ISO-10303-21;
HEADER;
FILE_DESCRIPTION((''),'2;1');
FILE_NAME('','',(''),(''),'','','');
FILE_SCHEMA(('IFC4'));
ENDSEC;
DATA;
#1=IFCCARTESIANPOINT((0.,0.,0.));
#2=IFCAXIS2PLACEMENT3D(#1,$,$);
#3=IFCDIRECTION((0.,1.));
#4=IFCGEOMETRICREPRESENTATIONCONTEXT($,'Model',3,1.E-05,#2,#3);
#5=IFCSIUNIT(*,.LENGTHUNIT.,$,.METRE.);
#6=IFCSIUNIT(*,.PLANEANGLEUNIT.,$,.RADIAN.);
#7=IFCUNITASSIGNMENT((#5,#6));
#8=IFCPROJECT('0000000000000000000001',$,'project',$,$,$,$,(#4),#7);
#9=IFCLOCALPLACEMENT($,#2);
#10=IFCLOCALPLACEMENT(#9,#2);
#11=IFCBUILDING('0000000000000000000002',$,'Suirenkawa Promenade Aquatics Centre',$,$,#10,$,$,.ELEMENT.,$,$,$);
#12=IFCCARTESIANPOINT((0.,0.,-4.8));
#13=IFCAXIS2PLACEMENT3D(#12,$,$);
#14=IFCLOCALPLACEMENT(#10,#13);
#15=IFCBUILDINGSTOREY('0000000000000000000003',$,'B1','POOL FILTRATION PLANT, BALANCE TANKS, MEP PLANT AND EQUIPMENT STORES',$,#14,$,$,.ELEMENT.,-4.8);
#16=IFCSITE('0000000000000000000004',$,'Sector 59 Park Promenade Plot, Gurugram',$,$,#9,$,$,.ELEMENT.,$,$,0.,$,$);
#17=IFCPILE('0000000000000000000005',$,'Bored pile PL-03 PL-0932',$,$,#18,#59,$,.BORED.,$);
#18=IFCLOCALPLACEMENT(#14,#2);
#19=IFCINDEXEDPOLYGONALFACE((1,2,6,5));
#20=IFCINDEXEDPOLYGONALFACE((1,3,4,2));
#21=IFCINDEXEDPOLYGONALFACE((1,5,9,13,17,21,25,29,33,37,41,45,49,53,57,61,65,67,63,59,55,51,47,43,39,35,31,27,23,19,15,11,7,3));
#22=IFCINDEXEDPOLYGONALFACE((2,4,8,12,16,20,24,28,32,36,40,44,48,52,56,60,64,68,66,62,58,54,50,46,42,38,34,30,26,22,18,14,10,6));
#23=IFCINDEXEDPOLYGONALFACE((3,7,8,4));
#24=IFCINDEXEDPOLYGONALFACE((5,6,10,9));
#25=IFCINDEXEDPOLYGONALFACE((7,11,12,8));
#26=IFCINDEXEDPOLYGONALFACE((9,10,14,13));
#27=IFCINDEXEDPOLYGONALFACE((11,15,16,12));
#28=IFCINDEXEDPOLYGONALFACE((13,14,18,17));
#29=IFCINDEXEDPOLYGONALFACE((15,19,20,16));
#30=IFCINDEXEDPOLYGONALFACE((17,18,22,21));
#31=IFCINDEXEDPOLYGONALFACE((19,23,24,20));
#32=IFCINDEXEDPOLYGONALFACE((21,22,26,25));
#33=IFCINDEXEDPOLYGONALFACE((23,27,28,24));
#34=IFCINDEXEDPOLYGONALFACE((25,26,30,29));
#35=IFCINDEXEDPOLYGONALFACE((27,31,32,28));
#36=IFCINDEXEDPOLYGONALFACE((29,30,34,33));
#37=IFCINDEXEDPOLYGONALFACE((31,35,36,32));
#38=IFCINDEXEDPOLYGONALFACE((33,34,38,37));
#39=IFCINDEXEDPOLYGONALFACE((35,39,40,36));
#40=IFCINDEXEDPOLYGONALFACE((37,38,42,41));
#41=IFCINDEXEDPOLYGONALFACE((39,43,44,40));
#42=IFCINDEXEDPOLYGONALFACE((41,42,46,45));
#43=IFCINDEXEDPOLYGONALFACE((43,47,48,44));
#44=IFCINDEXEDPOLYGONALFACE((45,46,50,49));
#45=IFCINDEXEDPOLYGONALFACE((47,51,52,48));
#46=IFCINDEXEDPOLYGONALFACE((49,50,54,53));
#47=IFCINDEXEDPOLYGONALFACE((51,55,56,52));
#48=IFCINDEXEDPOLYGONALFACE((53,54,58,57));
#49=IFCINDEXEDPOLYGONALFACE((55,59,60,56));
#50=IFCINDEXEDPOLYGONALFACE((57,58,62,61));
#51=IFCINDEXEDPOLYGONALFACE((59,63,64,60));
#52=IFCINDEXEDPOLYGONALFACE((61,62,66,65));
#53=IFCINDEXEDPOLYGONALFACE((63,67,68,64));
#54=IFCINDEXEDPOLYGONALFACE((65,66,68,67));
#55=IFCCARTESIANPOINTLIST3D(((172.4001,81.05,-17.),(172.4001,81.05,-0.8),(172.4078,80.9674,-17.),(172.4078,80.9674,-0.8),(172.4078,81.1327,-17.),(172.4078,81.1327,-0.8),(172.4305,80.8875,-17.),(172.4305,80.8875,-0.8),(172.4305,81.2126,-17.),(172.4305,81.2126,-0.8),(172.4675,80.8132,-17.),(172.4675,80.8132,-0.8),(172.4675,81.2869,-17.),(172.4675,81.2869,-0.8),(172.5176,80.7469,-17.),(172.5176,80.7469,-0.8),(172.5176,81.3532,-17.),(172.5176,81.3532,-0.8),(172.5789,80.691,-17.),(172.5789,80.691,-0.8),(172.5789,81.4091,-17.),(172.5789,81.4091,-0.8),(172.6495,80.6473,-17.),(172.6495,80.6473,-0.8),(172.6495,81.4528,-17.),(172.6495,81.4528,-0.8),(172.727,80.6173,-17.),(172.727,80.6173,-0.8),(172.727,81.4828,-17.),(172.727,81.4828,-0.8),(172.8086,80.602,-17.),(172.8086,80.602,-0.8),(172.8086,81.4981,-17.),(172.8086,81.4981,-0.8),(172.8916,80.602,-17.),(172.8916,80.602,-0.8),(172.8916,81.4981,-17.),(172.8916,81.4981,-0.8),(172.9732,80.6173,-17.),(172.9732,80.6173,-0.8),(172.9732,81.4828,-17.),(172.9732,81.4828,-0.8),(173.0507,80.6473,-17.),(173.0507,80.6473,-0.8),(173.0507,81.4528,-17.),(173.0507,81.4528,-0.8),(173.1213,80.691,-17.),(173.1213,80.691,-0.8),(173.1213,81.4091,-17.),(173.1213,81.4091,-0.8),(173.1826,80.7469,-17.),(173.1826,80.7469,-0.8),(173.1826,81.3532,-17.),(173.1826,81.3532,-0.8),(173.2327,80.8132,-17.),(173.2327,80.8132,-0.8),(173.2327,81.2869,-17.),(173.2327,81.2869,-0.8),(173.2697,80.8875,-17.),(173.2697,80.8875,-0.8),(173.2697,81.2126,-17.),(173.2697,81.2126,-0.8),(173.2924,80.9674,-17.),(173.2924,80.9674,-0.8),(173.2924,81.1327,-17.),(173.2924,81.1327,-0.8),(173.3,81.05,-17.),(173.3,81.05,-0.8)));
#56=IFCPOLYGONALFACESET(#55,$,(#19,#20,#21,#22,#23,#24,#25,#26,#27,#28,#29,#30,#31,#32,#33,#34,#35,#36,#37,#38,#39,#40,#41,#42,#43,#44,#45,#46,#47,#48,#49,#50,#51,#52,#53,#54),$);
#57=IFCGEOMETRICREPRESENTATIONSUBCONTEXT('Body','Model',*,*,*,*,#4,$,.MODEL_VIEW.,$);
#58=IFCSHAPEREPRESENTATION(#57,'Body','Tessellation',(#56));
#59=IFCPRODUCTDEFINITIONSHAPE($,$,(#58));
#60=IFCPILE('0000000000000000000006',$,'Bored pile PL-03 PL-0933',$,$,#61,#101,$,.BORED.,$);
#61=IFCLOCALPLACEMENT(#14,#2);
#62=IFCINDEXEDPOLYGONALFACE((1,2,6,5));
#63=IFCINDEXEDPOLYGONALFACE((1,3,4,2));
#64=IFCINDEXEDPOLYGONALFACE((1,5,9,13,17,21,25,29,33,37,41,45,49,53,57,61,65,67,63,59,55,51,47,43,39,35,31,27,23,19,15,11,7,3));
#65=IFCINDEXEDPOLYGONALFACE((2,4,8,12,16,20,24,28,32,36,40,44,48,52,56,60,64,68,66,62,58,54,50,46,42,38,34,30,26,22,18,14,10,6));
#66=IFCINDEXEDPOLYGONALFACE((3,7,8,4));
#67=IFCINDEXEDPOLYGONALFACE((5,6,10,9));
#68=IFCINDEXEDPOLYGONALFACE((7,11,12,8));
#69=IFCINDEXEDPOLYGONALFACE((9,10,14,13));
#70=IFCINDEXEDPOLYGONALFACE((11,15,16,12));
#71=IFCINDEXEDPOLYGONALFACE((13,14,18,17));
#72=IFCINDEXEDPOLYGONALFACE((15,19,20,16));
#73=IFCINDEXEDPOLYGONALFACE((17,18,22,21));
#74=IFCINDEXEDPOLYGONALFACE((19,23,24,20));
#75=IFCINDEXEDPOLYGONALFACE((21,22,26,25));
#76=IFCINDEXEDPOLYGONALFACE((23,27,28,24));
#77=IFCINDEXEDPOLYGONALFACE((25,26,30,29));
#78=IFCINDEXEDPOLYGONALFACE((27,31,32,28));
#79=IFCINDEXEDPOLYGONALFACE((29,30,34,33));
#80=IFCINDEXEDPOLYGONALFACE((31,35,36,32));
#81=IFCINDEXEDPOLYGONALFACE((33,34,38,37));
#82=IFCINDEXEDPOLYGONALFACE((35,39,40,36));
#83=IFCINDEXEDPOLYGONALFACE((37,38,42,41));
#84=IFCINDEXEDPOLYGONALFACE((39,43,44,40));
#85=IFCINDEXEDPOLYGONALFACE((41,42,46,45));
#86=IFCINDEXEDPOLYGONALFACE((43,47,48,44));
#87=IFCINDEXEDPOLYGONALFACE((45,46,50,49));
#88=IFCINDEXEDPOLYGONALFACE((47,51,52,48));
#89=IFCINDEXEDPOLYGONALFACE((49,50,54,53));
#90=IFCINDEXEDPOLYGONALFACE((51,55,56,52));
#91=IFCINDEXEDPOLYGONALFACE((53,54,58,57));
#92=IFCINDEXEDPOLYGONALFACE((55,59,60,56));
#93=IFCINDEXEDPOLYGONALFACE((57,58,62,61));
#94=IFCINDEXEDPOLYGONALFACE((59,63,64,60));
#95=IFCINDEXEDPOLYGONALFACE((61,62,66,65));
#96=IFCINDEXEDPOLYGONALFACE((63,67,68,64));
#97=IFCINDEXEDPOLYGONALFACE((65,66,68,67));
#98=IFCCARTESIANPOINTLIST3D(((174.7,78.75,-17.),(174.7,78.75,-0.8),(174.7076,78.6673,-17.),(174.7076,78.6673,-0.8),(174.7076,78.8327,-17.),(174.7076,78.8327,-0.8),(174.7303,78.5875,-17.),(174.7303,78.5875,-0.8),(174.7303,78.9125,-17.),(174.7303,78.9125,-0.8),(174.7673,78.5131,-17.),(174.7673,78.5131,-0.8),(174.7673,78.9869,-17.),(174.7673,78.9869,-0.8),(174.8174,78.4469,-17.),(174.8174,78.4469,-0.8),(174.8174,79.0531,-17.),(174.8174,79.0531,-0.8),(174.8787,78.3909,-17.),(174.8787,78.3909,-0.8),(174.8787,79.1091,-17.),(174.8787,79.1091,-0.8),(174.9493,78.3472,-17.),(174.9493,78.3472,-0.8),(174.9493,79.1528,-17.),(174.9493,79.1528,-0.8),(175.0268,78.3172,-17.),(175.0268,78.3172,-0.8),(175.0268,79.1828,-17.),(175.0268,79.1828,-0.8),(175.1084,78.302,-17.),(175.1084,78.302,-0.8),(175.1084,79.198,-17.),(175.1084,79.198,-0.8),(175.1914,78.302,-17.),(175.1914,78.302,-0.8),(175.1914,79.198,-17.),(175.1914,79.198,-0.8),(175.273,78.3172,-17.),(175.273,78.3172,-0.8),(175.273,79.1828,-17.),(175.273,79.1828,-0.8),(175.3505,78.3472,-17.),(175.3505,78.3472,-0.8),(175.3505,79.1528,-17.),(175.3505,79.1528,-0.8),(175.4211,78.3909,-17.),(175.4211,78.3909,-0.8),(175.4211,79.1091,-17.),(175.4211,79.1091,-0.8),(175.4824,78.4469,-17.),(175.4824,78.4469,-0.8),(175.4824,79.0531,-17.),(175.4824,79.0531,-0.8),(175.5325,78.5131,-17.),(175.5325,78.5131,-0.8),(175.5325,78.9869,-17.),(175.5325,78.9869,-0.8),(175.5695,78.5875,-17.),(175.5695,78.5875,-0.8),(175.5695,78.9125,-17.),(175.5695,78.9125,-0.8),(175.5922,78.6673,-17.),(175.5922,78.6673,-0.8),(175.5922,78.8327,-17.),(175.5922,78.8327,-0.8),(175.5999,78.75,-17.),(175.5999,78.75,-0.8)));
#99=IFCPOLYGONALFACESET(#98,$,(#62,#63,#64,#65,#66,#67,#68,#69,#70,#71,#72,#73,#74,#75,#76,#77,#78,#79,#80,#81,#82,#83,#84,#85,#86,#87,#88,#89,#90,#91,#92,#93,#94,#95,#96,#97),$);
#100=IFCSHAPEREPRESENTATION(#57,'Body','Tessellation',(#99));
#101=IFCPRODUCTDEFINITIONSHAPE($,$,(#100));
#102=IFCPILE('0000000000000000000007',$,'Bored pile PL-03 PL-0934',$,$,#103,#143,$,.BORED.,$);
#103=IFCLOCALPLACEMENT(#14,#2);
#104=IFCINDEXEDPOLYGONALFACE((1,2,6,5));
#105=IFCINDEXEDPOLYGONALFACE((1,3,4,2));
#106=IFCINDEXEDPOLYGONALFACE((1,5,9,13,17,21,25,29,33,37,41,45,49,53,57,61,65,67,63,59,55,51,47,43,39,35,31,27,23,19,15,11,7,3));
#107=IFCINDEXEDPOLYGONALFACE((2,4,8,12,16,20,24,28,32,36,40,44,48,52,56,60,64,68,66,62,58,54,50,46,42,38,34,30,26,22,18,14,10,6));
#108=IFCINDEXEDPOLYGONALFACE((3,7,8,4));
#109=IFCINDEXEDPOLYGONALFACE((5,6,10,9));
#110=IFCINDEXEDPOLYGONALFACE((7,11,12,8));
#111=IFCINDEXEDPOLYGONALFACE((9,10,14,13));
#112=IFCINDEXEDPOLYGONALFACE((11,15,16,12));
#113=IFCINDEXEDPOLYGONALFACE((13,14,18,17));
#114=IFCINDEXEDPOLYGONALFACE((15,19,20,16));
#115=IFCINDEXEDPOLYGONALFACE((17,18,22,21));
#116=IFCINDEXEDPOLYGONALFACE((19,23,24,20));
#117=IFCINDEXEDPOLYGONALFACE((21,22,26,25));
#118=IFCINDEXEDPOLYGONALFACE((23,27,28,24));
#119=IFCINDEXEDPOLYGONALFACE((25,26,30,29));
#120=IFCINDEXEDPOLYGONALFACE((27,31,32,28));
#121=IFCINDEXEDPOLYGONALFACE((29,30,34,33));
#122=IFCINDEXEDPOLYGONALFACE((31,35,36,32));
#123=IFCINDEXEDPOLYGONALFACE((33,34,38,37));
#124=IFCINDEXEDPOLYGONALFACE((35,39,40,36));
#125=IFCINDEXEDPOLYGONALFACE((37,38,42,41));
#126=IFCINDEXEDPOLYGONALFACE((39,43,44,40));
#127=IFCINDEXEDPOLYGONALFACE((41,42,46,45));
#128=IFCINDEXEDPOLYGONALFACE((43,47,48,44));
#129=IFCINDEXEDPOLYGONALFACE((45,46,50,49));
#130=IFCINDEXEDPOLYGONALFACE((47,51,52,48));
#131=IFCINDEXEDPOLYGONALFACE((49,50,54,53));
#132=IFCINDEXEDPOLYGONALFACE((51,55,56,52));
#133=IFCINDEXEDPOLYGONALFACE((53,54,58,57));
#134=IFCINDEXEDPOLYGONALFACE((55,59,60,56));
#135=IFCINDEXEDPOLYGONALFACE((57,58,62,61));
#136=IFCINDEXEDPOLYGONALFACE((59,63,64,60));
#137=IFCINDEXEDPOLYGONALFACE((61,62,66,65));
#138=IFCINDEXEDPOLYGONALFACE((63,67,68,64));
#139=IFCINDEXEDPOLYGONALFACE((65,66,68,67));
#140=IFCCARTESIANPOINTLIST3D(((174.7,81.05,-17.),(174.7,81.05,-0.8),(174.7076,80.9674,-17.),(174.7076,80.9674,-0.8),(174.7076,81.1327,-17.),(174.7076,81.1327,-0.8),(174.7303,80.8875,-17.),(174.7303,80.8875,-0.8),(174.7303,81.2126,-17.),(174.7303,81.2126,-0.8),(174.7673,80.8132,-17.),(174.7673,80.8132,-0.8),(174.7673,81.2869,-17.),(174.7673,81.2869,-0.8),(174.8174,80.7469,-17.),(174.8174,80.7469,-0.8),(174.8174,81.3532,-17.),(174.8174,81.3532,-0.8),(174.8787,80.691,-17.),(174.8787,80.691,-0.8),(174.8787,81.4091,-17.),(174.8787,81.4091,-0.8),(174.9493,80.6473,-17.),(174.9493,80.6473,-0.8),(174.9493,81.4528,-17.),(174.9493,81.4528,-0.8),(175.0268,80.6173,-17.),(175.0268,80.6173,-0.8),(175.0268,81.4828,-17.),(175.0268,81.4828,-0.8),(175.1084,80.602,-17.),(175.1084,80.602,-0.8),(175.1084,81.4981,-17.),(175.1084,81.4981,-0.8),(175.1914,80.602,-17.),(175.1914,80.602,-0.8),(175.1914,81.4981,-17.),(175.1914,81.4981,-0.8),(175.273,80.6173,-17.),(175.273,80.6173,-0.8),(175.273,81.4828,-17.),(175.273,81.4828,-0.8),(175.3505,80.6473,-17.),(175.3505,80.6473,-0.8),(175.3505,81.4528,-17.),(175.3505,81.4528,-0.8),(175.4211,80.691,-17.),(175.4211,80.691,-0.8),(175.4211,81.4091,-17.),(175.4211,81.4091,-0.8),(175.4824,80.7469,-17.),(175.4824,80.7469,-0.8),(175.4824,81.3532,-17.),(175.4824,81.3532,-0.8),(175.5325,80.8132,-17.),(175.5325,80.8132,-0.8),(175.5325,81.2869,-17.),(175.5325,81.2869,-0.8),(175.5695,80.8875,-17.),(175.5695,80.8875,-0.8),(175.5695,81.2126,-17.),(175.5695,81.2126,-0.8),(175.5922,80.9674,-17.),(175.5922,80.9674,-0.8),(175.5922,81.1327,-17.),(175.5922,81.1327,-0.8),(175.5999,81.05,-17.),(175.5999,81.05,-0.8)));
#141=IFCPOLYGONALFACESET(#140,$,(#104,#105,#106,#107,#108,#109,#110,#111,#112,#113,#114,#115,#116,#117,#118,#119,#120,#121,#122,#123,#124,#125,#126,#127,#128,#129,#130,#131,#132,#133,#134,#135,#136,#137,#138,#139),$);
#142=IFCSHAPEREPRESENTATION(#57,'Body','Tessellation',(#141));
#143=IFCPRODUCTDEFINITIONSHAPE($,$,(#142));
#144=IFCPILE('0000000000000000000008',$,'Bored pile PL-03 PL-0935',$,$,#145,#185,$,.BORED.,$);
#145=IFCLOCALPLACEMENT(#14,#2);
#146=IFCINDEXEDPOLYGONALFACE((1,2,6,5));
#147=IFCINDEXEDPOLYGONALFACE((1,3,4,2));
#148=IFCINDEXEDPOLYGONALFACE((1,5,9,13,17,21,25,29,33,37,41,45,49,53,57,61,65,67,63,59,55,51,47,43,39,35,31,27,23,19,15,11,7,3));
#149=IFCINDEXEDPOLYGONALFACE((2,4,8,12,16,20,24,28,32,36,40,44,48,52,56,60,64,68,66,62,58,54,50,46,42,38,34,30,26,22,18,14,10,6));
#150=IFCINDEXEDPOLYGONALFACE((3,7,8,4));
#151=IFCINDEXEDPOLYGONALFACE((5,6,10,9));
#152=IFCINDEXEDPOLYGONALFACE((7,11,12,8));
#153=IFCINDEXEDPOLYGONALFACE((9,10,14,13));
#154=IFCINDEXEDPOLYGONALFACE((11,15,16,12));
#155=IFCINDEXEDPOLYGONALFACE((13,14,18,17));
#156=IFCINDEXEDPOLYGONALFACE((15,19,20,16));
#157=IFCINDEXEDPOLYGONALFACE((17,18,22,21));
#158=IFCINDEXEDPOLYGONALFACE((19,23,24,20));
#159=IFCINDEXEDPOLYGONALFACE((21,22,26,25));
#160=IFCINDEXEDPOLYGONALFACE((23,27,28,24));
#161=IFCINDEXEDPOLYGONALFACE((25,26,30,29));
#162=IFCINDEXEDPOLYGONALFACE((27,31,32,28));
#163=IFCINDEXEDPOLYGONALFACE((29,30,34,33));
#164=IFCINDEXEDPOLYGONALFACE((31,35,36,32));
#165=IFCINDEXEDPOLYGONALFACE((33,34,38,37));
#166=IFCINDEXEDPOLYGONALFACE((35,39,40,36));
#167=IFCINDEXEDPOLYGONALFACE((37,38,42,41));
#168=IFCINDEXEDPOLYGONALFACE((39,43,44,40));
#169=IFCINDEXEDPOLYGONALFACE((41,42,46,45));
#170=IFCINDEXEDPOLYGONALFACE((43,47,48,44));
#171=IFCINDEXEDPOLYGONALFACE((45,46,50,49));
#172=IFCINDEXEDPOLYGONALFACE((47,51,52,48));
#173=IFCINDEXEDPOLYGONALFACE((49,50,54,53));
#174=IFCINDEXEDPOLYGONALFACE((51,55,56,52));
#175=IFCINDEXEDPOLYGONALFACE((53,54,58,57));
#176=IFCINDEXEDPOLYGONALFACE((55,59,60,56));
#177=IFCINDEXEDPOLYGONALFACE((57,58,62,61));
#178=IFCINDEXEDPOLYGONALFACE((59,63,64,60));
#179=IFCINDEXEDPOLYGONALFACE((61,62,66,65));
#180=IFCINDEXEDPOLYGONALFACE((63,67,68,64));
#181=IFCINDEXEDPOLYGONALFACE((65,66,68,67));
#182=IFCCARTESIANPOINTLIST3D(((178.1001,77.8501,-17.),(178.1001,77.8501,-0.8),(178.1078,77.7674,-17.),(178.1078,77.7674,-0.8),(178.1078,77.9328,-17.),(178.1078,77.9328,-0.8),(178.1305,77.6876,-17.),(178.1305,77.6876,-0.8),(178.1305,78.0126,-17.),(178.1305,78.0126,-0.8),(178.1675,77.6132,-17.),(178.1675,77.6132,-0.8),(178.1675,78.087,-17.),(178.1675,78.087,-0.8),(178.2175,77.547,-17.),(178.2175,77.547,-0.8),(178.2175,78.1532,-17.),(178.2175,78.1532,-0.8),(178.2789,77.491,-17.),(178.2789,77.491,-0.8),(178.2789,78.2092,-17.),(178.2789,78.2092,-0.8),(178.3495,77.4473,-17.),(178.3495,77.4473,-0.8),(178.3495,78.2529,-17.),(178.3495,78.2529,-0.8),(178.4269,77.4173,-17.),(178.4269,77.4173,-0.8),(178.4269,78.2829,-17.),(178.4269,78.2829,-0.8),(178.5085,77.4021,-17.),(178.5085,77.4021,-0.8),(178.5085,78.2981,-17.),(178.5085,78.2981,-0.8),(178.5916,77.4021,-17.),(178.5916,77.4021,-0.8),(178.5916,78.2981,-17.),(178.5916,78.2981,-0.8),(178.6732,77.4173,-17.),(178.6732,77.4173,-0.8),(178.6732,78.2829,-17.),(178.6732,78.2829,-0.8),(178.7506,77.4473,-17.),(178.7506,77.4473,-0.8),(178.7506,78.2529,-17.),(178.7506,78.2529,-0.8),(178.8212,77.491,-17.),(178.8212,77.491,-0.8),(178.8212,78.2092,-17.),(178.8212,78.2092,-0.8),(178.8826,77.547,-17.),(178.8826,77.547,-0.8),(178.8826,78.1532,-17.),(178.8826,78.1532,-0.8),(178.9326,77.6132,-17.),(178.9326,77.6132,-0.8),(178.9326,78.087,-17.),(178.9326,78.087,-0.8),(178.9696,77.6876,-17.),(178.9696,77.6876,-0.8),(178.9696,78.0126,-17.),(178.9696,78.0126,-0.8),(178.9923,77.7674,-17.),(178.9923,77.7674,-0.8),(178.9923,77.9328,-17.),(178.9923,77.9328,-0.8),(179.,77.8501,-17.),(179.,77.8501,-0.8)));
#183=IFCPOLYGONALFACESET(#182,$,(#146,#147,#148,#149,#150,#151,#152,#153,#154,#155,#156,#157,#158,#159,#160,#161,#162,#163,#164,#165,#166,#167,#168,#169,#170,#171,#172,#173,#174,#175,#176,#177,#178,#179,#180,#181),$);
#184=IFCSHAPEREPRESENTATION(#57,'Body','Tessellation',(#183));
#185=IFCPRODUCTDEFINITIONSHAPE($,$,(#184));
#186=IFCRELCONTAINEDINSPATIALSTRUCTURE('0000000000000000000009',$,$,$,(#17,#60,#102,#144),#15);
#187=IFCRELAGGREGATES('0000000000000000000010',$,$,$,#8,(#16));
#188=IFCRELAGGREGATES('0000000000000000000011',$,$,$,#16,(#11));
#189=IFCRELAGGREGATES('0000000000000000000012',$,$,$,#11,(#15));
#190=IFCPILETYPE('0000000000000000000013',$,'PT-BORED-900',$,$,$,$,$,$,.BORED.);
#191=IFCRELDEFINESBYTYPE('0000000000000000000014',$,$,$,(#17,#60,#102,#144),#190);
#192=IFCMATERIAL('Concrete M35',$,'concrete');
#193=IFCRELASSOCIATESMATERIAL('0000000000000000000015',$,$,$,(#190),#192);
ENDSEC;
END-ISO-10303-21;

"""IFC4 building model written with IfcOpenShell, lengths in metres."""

from ifc_helpers import new_model, si_unit, direction, frame, origin, origin_2d, place, context, subcontext, project, spatial, circle, extrude, material, material_profile, profile_set, type_object, element, save


model = new_model("IFC4")

# Units and contexts
model_context = context("Model", 3, precision=1e-05, world=origin(), true_north=direction((0.0, 1.0)))
body_context = subcontext(model_context, "Body", "Model", "MODEL_VIEW")
ifc_project = project(units=[si_unit("LENGTHUNIT", "METRE"), si_unit("PLANEANGLEUNIT", "RADIAN")], contexts=[model_context])

# Site, building, storey
site_placement = place(None, origin())
site = spatial("IfcSite", under=ifc_project, at=site_placement, Name="Sector 59 Park Promenade Plot, Gurugram", CompositionType="ELEMENT", RefElevation=0.0)
building_placement = place(site_placement, origin())
building = spatial("IfcBuilding", under=site, at=building_placement, Name="Suirenkawa Promenade Aquatics Centre", CompositionType="ELEMENT")
storey_placement = place(building_placement, frame((0.0, 0.0, -4.8)))
storey = spatial("IfcBuildingStorey", under=building, at=storey_placement, Name="B1", Description="POOL FILTRATION PLANT, BALANCE TANKS, MEP PLANT AND EQUIPMENT STORES", CompositionType="ELEMENT", Elevation=-4.8)

# Shared definitions
ifc_material_1 = material(Name="Concrete M35", Category="concrete")

# Piles
ifc_material_profile_1 = material_profile(ifc_material_1, circle(Radius=0.45, at=origin_2d()), Name="PILE D900", Category="concrete")
ifc_profile_set_1 = profile_set([ifc_material_profile_1], Name="Concrete M35")
pile_type_1 = type_object("IfcPileType", Name="PT-BORED-900", PredefinedType="BORED", material=ifc_profile_set_1)
for number, where, z_axis, x_axis, name in (
    (1, (172.8501, 81.05, -0.8), (0.0, 0.0, -1.0), (1.0, 0.0, 0.0), "Bored pile PL-03 PL-0932"),
    (2, (175.1499, 78.75, -0.8), (0.0, 0.0, -1.0), (1.0, 0.0, 0.0), "Bored pile PL-03 PL-0933"),
    (3, (175.1499, 81.05, -0.8), (0.0, 0.0, -1.0), (1.0, 0.0, 0.0), "Bored pile PL-03 PL-0934"),
    (4, (178.55, 77.8501, -0.8), (0.0, 0.0, -1.0), (1.0, 0.0, 0.0), "Bored pile PL-03 PL-0935"),
):
    element("IfcPile", number, at=place(storey_placement, frame(where, z_axis=z_axis, x_axis=x_axis)), inside=storey, type_object=pile_type_1, Name=name, PredefinedType="BORED", context=body_context, shape_type="SweptSolid", body=[
        extrude(circle(Radius=0.45, at=origin_2d()), origin(), (0.0, 0.0, 1.0), 16.2),
    ])

save(model, "model.ifc")
